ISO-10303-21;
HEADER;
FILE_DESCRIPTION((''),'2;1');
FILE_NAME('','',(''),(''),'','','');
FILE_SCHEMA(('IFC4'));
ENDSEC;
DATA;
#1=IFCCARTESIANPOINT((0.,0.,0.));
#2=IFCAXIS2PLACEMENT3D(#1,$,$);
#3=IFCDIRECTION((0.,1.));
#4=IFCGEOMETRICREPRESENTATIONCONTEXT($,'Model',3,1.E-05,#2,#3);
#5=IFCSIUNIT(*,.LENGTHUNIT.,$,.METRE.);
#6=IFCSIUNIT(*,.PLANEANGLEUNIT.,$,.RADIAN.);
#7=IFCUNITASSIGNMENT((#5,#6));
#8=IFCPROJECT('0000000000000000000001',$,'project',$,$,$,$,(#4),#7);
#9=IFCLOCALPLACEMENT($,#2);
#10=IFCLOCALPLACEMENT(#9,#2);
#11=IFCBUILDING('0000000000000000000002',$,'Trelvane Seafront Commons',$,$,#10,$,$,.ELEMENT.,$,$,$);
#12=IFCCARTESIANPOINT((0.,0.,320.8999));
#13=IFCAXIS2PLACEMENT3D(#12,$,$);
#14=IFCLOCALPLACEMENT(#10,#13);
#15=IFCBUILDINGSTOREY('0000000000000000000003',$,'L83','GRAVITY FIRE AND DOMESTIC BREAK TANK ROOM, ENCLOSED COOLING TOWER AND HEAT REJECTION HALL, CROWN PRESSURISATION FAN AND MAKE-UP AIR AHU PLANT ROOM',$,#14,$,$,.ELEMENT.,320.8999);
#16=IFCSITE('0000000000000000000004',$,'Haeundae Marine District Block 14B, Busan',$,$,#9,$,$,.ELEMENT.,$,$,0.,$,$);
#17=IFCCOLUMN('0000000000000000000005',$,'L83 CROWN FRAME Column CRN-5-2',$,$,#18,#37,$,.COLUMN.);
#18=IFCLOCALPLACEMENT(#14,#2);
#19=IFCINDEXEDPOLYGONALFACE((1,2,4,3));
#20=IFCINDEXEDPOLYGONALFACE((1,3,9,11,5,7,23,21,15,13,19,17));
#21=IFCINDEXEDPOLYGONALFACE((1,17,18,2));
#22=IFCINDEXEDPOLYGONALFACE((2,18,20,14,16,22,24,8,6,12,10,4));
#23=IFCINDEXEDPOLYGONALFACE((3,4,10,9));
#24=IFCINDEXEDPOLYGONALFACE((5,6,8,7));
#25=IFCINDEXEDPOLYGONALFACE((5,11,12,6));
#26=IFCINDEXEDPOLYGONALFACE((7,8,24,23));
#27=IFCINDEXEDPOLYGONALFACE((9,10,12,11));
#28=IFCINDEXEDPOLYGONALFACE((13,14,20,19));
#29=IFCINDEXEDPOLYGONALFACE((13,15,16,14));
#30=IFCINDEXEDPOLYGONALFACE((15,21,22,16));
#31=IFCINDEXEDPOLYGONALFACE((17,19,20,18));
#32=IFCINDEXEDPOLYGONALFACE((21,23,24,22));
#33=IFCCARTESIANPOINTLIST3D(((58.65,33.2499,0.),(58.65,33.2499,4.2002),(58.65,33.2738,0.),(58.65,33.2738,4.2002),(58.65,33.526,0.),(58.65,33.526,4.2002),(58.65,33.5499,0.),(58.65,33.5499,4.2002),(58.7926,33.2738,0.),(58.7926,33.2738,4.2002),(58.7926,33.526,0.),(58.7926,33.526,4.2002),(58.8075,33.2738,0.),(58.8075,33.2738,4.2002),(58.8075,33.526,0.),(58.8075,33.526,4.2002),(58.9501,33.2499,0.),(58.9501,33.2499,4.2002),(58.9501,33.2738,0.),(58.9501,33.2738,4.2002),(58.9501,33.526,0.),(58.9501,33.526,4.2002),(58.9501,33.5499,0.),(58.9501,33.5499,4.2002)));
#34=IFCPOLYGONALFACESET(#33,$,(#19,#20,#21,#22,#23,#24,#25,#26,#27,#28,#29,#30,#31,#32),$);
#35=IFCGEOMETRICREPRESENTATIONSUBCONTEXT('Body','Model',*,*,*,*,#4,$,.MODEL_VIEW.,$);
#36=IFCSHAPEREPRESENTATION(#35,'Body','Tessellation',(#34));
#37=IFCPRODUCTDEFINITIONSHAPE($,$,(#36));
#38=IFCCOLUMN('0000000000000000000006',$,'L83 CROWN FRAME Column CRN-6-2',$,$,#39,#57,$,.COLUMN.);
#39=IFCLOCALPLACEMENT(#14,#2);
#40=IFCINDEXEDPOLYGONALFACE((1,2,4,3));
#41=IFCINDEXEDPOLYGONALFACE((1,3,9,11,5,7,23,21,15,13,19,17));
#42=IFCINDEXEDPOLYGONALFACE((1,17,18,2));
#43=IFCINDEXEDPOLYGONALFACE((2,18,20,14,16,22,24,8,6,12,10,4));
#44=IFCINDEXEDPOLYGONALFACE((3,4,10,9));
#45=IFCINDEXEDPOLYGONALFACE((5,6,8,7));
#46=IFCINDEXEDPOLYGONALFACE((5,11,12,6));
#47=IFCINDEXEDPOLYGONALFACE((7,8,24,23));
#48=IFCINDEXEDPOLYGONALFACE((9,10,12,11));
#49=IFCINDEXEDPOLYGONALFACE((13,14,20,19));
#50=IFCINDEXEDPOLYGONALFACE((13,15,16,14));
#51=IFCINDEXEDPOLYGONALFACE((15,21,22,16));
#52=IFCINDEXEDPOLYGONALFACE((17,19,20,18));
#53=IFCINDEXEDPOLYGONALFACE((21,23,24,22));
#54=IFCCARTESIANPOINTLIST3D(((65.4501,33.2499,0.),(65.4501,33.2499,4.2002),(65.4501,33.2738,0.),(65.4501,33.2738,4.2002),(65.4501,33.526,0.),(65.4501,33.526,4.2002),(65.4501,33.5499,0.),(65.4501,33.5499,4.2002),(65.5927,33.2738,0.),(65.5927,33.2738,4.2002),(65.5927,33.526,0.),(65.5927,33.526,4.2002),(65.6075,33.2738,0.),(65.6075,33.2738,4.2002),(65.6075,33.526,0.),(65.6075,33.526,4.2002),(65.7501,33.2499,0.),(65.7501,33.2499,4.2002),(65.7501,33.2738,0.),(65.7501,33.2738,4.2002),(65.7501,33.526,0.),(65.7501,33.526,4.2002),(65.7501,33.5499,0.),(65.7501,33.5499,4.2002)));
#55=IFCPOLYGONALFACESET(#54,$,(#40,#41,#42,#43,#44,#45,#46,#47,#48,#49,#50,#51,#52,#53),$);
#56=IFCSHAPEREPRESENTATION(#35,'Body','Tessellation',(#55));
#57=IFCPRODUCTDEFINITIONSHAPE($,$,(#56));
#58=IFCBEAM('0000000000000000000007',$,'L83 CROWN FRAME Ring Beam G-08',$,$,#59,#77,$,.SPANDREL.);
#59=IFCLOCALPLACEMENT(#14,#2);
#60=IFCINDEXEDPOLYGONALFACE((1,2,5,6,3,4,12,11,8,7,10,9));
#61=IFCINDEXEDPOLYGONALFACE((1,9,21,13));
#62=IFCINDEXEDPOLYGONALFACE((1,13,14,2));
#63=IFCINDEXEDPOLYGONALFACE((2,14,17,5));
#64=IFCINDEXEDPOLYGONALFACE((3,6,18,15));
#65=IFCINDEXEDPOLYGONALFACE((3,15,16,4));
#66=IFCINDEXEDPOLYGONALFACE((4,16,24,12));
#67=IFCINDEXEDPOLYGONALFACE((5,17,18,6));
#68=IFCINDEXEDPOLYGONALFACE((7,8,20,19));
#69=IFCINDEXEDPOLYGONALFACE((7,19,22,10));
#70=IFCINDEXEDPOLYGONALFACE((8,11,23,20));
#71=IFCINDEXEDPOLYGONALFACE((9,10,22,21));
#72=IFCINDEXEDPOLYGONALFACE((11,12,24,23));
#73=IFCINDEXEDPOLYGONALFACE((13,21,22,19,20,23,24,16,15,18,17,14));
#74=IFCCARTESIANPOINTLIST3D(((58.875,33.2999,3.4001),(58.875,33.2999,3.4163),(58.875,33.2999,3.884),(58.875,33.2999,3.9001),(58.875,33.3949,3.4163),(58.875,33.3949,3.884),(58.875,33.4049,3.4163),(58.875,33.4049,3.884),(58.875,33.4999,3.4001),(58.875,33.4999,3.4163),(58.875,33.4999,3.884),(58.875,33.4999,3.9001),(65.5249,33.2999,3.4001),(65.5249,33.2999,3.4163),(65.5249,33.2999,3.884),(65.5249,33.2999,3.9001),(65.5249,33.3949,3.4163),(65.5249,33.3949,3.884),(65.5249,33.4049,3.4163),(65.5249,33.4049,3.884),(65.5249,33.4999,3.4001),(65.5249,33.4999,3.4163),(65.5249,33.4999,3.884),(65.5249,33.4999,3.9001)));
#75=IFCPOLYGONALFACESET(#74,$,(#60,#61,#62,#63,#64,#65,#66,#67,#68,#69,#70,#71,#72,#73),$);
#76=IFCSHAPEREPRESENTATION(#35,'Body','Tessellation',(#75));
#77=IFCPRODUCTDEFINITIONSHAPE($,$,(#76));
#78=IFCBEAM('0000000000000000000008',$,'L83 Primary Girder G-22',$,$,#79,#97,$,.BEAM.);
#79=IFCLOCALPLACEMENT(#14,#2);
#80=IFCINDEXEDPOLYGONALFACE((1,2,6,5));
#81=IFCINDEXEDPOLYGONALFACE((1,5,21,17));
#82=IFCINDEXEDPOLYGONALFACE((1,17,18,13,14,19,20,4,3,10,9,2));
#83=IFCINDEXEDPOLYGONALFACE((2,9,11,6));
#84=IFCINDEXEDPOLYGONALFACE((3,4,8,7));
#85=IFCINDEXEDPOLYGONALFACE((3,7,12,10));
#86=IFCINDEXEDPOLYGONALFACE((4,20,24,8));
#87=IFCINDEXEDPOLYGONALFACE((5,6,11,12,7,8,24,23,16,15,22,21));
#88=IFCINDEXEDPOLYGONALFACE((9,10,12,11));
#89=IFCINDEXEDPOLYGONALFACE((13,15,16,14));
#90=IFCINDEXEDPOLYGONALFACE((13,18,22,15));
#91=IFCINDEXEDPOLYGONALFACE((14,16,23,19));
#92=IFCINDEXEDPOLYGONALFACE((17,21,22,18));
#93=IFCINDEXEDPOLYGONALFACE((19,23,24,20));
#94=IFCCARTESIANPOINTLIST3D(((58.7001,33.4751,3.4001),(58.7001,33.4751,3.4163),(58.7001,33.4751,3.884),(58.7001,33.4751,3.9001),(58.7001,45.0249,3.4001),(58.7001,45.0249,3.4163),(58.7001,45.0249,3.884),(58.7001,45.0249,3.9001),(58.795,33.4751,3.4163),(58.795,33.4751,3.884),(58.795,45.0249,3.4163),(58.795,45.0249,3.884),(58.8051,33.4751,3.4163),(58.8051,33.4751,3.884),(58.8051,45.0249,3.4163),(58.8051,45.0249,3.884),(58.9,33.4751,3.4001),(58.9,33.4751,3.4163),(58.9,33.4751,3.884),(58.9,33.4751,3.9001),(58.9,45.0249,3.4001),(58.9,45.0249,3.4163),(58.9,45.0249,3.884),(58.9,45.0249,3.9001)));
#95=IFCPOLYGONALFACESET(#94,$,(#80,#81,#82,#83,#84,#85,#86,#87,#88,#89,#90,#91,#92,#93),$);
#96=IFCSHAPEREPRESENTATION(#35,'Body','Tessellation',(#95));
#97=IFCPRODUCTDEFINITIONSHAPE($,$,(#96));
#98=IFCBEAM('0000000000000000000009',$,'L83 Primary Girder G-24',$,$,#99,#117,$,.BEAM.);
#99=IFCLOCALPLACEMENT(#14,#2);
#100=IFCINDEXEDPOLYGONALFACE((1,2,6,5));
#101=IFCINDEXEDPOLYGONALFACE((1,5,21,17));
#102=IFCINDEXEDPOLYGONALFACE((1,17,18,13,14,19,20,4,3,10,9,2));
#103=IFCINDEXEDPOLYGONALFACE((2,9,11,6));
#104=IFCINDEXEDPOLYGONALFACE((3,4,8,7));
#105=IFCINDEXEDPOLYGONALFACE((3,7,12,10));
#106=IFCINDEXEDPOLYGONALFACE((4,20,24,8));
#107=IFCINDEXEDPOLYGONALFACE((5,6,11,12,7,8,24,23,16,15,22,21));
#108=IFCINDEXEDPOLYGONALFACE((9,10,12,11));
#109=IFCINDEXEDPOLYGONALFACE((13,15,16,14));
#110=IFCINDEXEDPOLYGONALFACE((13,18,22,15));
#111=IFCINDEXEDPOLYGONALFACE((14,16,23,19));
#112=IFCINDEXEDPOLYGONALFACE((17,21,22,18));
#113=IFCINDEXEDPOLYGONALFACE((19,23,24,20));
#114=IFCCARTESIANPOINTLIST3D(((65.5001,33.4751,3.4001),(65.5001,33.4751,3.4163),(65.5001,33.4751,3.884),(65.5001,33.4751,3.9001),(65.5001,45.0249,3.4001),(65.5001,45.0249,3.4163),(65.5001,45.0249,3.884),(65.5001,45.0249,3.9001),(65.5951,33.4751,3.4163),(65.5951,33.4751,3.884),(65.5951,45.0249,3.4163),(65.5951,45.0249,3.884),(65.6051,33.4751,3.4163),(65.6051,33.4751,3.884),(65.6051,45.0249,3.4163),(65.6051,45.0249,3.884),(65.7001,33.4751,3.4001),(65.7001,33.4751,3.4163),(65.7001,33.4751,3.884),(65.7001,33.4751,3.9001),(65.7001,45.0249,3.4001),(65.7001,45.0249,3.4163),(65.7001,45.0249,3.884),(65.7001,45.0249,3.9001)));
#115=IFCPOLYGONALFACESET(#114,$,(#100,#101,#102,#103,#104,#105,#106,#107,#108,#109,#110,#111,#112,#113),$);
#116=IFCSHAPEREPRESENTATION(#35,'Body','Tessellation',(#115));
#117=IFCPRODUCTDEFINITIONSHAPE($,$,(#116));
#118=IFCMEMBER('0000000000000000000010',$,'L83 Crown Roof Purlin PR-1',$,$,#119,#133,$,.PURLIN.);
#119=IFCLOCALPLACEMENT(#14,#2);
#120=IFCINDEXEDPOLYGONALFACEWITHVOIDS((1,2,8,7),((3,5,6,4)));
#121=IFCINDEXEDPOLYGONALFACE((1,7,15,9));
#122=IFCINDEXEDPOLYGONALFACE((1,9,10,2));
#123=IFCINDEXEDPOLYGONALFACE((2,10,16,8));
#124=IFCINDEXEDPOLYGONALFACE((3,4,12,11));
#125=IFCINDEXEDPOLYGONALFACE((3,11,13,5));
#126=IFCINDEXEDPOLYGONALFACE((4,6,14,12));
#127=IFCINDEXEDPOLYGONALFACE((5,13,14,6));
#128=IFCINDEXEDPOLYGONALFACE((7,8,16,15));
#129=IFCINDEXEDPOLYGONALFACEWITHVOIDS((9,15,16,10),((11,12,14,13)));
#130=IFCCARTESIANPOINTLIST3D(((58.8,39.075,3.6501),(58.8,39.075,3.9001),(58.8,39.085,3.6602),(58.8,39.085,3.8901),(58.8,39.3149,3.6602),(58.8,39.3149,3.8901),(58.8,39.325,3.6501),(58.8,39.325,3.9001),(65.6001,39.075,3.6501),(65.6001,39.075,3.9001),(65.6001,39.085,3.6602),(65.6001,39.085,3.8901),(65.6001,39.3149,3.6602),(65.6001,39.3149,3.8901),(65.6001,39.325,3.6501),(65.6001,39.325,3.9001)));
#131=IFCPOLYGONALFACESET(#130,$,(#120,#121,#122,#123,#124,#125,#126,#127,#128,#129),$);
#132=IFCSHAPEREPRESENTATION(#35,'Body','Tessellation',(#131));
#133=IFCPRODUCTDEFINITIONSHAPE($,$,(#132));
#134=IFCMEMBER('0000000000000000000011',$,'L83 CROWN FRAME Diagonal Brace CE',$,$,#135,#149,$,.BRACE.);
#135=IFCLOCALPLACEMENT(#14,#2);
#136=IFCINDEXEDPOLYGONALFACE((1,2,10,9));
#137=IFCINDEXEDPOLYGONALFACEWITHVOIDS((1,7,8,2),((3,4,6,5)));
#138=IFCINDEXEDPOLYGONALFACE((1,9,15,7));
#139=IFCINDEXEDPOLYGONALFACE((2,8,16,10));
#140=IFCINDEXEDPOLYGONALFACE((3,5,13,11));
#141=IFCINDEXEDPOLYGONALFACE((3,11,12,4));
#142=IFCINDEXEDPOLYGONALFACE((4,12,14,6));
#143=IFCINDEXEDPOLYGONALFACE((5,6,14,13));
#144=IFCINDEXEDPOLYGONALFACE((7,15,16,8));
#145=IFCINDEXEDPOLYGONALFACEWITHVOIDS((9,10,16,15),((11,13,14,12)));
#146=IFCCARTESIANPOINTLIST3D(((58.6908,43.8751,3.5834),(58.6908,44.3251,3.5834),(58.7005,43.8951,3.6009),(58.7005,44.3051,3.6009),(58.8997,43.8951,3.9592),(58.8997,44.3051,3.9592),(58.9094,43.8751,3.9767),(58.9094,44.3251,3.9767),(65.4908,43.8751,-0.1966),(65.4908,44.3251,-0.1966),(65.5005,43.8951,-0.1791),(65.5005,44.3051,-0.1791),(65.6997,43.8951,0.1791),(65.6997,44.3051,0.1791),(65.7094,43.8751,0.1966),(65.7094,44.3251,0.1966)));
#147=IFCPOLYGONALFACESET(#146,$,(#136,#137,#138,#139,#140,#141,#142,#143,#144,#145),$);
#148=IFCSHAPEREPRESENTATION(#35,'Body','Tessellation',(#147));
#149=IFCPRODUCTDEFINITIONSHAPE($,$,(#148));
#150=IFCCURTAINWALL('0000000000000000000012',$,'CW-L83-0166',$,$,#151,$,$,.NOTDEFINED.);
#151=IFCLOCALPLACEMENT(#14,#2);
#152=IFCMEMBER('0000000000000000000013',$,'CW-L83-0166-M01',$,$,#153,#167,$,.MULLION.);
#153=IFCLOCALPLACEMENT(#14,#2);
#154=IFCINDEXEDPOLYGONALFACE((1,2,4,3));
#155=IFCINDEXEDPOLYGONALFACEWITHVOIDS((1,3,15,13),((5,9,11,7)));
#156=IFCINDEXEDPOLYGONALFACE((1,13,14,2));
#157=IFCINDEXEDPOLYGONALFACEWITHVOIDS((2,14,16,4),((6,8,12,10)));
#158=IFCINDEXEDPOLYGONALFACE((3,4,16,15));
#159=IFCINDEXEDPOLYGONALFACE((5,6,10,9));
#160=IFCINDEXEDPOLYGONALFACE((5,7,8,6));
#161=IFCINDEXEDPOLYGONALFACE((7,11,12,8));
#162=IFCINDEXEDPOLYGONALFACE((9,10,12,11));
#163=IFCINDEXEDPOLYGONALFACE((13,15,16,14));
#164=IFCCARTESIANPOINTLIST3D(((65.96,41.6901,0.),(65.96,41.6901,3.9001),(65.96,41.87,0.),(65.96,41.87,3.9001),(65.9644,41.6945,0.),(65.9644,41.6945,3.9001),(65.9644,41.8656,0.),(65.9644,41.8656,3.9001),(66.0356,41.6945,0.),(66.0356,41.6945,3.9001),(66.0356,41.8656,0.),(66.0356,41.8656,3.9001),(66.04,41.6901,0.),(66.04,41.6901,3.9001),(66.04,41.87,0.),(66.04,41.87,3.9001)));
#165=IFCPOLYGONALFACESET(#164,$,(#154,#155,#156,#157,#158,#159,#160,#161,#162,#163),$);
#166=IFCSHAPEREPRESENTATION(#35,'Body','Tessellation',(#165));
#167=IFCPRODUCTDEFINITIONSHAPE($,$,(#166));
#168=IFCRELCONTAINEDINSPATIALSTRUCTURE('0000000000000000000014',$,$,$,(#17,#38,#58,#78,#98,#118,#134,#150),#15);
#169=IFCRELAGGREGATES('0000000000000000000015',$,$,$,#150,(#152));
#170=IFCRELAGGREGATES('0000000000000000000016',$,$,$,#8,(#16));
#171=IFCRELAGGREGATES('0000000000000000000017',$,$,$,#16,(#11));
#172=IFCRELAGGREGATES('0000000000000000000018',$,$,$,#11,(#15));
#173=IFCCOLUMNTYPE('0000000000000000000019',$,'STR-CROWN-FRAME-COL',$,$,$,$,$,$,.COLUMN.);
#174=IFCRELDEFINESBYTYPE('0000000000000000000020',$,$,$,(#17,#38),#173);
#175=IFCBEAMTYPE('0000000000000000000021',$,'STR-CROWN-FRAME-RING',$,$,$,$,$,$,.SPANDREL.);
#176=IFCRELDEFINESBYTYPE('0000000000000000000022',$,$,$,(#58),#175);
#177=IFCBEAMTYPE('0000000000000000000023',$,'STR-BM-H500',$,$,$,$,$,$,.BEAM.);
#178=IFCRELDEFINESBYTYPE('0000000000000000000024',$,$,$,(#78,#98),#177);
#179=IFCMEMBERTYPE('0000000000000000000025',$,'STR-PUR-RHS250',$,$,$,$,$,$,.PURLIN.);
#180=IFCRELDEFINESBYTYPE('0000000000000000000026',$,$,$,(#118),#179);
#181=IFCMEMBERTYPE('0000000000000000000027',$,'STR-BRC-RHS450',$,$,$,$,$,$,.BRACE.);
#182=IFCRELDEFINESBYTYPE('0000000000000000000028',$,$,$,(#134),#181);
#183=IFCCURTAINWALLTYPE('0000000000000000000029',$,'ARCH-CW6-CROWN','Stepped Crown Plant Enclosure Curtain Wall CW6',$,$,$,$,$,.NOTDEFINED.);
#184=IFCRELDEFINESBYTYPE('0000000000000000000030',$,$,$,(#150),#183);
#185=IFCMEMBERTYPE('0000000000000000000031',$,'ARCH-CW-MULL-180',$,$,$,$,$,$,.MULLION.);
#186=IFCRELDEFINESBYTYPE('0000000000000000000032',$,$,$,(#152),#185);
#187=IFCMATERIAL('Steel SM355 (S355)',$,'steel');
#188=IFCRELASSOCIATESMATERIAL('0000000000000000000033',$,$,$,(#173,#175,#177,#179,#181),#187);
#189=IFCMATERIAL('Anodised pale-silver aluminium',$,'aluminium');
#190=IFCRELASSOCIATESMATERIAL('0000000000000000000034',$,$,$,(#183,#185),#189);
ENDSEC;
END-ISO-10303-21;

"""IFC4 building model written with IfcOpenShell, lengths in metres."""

from ifc_helpers import new_model, si_unit, direction, frame, origin, origin_2d, place, context, subcontext, project, spatial, hollow_rectangle, i_section, extrude, source, transform, mapped, material, material_profile, profile_set, type_object, element, aggregate, save


model = new_model("IFC4")

# Units and contexts
model_context = context("Model", 3, precision=1e-05, world=origin(), true_north=direction((0.0, 1.0)))
body_context = subcontext(model_context, "Body", "Model", "MODEL_VIEW")
ifc_project = project(units=[si_unit("LENGTHUNIT", "METRE"), si_unit("PLANEANGLEUNIT", "RADIAN")], contexts=[model_context])

# Site, building, storey
site_placement = place(None, origin())
site = spatial("IfcSite", under=ifc_project, at=site_placement, Name="Haeundae Marine District Block 14B, Busan", CompositionType="ELEMENT", RefElevation=0.0)
building_placement = place(site_placement, origin())
building = spatial("IfcBuilding", under=site, at=building_placement, Name="Trelvane Seafront Commons", CompositionType="ELEMENT")
storey_placement = place(building_placement, frame((0.0, 0.0, 320.8999)))
storey = spatial("IfcBuildingStorey", under=building, at=storey_placement, Name="L83", Description="GRAVITY FIRE AND DOMESTIC BREAK TANK ROOM, ENCLOSED COOLING TOWER AND HEAT REJECTION HALL, CROWN PRESSURISATION FAN AND MAKE-UP AIR AHU PLANT ROOM", CompositionType="ELEMENT", Elevation=320.8999)

# Columns
ifc_material_1 = material(Name="Steel SM355 (S355)", Category="steel")
ifc_material_profile_1 = material_profile(ifc_material_1, i_section(OverallWidth=0.3, OverallDepth=0.3, WebThickness=0.0149, FlangeThickness=0.0239, at=origin_2d()), Name="HD-300x300x15x24")
ifc_profile_set_1 = profile_set([ifc_material_profile_1], Name="Steel SM355 (S355)")
column_type = type_object("IfcColumnType", Name="STR-CROWN-FRAME-COL", PredefinedType="COLUMN", material=ifc_profile_set_1)
shared_shape_1 = source(origin(), body_context, "Body", "SweptSolid", [
    extrude(i_section(OverallWidth=0.3, OverallDepth=0.3, WebThickness=0.0149, FlangeThickness=0.0239, at=origin_2d()), origin(), (0.0, 0.0, 1.0), 4.2002),
])
for number, where, z_axis, x_axis, name in (
    (1, (58.8, 33.3999, 0.0), (0.0, 0.0, 1.0), (1.0, 0.0, 0.0), "L83 CROWN FRAME Column CRN-5-2"),
    (2, (65.6001, 33.3999, 0.0), (0.0, 0.0, 1.0), (1.0, 0.0, 0.0), "L83 CROWN FRAME Column CRN-6-2"),
):
    element("IfcColumn", number, at=place(storey_placement, frame(where, z_axis=z_axis, x_axis=x_axis)), inside=storey, type_object=column_type, Name=name, PredefinedType="COLUMN", context=body_context, shape_type="MappedRepresentation", body=[
        mapped(shared_shape_1, transform((0.0, 0.0, 0.0), x_axis=(1.0, 0.0, 0.0), y_axis=(0.0, 1.0, 0.0), z_axis=(0.0, 0.0, 1.0), scale=1.0)),
    ])

# Beams
ifc_material_profile_2 = material_profile(ifc_material_1, i_section(OverallWidth=0.2, OverallDepth=0.5, WebThickness=0.01, FlangeThickness=0.0161, at=origin_2d()), Name="H-500x200x10x16")
ifc_profile_set_2 = profile_set([ifc_material_profile_2], Name="Steel SM355 (S355)")
beam_type_1 = type_object("IfcBeamType", Name="STR-CROWN-FRAME-RING", PredefinedType="SPANDREL", material=ifc_profile_set_2)
shared_shape_2 = source(origin(), body_context, "Body", "SweptSolid", [
    extrude(i_section(OverallWidth=0.2, OverallDepth=0.5, WebThickness=0.01, FlangeThickness=0.0161, at=origin_2d()), origin(), (0.0, 0.0, 1.0), 6.6499),
])
beam_placement = place(storey_placement, frame((58.875, 33.3999, 3.6501), z_axis=(1.0, 0.0, 0.0), x_axis=(0.0, 1.0, 0.0)))
element("IfcBeam", 3, at=beam_placement, inside=storey, type_object=beam_type_1, Name="L83 CROWN FRAME Ring Beam G-08", PredefinedType="SPANDREL", context=body_context, shape_type="MappedRepresentation", body=[
    mapped(shared_shape_2, transform((0.0, 0.0, 0.0), x_axis=(1.0, 0.0, 0.0), y_axis=(0.0, 1.0, 0.0), z_axis=(0.0, 0.0, 1.0), scale=1.0)),
])
ifc_material_profile_3 = material_profile(ifc_material_1, i_section(OverallWidth=0.2, OverallDepth=0.5, WebThickness=0.01, FlangeThickness=0.0161, at=origin_2d()), Name="H-500x200x10x16")
ifc_profile_set_3 = profile_set([ifc_material_profile_3], Name="Steel SM355 (S355)")
beam_type_2 = type_object("IfcBeamType", Name="STR-BM-H500", PredefinedType="BEAM", material=ifc_profile_set_3)
shared_shape_3 = source(origin(), body_context, "Body", "SweptSolid", [
    extrude(i_section(OverallWidth=0.2, OverallDepth=0.5, WebThickness=0.01, FlangeThickness=0.0161, at=origin_2d()), origin(), (0.0, 0.0, 1.0), 11.5498),
])
for number, where, z_axis, x_axis, name in (
    (4, (58.8, 33.4751, 3.6501), (0.0, 1.0, 0.0), (-1.0, 0.0, 0.0), "L83 Primary Girder G-22"),
    (5, (65.6001, 33.4751, 3.6501), (0.0, 1.0, 0.0), (-1.0, 0.0, 0.0), "L83 Primary Girder G-24"),
):
    element("IfcBeam", number, at=place(storey_placement, frame(where, z_axis=z_axis, x_axis=x_axis)), inside=storey, type_object=beam_type_2, Name=name, PredefinedType="BEAM", context=body_context, shape_type="MappedRepresentation", body=[
        mapped(shared_shape_3, transform((0.0, 0.0, 0.0), x_axis=(1.0, 0.0, 0.0), y_axis=(0.0, 1.0, 0.0), z_axis=(0.0, 0.0, 1.0), scale=1.0)),
    ])

# Members
ifc_material_profile_4 = material_profile(ifc_material_1, hollow_rectangle(XDim=0.25, YDim=0.25, WallThickness=0.01, at=origin_2d()), Name="RHS-250x250x10")
ifc_profile_set_4 = profile_set([ifc_material_profile_4], Name="Steel SM355 (S355)")
member_type_1 = type_object("IfcMemberType", Name="STR-PUR-RHS250", PredefinedType="PURLIN", material=ifc_profile_set_4)
shared_shape_4 = source(origin(), body_context, "Body", "SweptSolid", [
    extrude(hollow_rectangle(XDim=0.25, YDim=0.25, WallThickness=0.01, at=origin_2d()), origin(), (0.0, 0.0, 1.0), 6.8),
])
member_1_placement = place(storey_placement, frame((58.8, 39.2, 3.7751), z_axis=(1.0, 0.0, 0.0), x_axis=(0.0, 1.0, 0.0)))
element("IfcMember", 6, at=member_1_placement, inside=storey, type_object=member_type_1, Name="L83 Crown Roof Purlin PR-1", PredefinedType="PURLIN", context=body_context, shape_type="MappedRepresentation", body=[
    mapped(shared_shape_4, transform((0.0, 0.0, 0.0), x_axis=(1.0, 0.0, 0.0), y_axis=(0.0, 1.0, 0.0), z_axis=(0.0, 0.0, 1.0), scale=1.0)),
])
ifc_material_profile_5 = material_profile(ifc_material_1, hollow_rectangle(XDim=0.45, YDim=0.45, WallThickness=0.02, at=origin_2d()), Name="RHS-450x450x20")
ifc_profile_set_5 = profile_set([ifc_material_profile_5], Name="Steel SM355 (S355)")
member_type_2 = type_object("IfcMemberType", Name="STR-BRC-RHS450", PredefinedType="BRACE", material=ifc_profile_set_5)
shared_shape_5 = source(origin(), body_context, "Body", "SweptSolid", [
    extrude(hollow_rectangle(XDim=0.45, YDim=0.45, WallThickness=0.02, at=origin_2d()), origin(), (0.0, 0.0, 1.0), 7.78),
])
member_2_placement = place(storey_placement, frame((65.6001, 44.1001, 0.0), z_axis=(-0.874036, 0.0, 0.485861), x_axis=(0.0, -1.0, 0.0)))
element("IfcMember", 7, at=member_2_placement, inside=storey, type_object=member_type_2, Name="L83 CROWN FRAME Diagonal Brace CE", PredefinedType="BRACE", context=body_context, shape_type="MappedRepresentation", body=[
    mapped(shared_shape_5, transform((0.0, 0.0, 0.0), x_axis=(1.0, 0.0, 0.0), y_axis=(0.0, 1.0, 0.0), z_axis=(0.0, 0.0, 1.0), scale=1.0)),
])

# Curtain wall, member
ifc_material_2 = material(Name="Anodised pale-silver aluminium", Category="aluminium")
curtain_wall_type = type_object("IfcCurtainWallType", Name="ARCH-CW6-CROWN", Description="Stepped Crown Plant Enclosure Curtain Wall CW6", PredefinedType="NOTDEFINED", material=ifc_material_2)
curtain_wall_placement = place(storey_placement, origin())
curtain_wall = element("IfcCurtainWall", 8, at=curtain_wall_placement, inside=storey, type_object=curtain_wall_type, Name="CW-L83-0166", PredefinedType="NOTDEFINED")
ifc_material_profile_6 = material_profile(ifc_material_2, hollow_rectangle(XDim=0.0801, YDim=0.1799, WallThickness=0.0044, at=origin_2d()), Name="MULL-80x180x4.5")
ifc_profile_set_6 = profile_set([ifc_material_profile_6], Name="Anodised pale-silver aluminium")
member_type_3 = type_object("IfcMemberType", Name="ARCH-CW-MULL-180", PredefinedType="MULLION", material=ifc_profile_set_6)
shared_shape_6 = source(origin(), body_context, "Body", "SweptSolid", [
    extrude(hollow_rectangle(XDim=0.0801, YDim=0.1799, WallThickness=0.0044, at=origin_2d()), origin(), (0.0, 0.0, 1.0), 3.9001),
])
member_3_placement = place(storey_placement, frame((66.0, 41.78, 0.0), z_axis=(0.0, 0.0, 1.0), x_axis=(1.0, 0.0, 0.0)))
member_3 = element("IfcMember", 9, at=member_3_placement, type_object=member_type_3, Name="CW-L83-0166-M01", PredefinedType="MULLION", context=body_context, shape_type="MappedRepresentation", body=[
    mapped(shared_shape_6, transform((0.0, 0.0, 0.0), x_axis=(1.0, 0.0, 0.0), y_axis=(0.0, 1.0, 0.0), z_axis=(0.0, 0.0, 1.0), scale=1.0)),
])

aggregate(curtain_wall, [member_3])

save(model, "model.ifc")
